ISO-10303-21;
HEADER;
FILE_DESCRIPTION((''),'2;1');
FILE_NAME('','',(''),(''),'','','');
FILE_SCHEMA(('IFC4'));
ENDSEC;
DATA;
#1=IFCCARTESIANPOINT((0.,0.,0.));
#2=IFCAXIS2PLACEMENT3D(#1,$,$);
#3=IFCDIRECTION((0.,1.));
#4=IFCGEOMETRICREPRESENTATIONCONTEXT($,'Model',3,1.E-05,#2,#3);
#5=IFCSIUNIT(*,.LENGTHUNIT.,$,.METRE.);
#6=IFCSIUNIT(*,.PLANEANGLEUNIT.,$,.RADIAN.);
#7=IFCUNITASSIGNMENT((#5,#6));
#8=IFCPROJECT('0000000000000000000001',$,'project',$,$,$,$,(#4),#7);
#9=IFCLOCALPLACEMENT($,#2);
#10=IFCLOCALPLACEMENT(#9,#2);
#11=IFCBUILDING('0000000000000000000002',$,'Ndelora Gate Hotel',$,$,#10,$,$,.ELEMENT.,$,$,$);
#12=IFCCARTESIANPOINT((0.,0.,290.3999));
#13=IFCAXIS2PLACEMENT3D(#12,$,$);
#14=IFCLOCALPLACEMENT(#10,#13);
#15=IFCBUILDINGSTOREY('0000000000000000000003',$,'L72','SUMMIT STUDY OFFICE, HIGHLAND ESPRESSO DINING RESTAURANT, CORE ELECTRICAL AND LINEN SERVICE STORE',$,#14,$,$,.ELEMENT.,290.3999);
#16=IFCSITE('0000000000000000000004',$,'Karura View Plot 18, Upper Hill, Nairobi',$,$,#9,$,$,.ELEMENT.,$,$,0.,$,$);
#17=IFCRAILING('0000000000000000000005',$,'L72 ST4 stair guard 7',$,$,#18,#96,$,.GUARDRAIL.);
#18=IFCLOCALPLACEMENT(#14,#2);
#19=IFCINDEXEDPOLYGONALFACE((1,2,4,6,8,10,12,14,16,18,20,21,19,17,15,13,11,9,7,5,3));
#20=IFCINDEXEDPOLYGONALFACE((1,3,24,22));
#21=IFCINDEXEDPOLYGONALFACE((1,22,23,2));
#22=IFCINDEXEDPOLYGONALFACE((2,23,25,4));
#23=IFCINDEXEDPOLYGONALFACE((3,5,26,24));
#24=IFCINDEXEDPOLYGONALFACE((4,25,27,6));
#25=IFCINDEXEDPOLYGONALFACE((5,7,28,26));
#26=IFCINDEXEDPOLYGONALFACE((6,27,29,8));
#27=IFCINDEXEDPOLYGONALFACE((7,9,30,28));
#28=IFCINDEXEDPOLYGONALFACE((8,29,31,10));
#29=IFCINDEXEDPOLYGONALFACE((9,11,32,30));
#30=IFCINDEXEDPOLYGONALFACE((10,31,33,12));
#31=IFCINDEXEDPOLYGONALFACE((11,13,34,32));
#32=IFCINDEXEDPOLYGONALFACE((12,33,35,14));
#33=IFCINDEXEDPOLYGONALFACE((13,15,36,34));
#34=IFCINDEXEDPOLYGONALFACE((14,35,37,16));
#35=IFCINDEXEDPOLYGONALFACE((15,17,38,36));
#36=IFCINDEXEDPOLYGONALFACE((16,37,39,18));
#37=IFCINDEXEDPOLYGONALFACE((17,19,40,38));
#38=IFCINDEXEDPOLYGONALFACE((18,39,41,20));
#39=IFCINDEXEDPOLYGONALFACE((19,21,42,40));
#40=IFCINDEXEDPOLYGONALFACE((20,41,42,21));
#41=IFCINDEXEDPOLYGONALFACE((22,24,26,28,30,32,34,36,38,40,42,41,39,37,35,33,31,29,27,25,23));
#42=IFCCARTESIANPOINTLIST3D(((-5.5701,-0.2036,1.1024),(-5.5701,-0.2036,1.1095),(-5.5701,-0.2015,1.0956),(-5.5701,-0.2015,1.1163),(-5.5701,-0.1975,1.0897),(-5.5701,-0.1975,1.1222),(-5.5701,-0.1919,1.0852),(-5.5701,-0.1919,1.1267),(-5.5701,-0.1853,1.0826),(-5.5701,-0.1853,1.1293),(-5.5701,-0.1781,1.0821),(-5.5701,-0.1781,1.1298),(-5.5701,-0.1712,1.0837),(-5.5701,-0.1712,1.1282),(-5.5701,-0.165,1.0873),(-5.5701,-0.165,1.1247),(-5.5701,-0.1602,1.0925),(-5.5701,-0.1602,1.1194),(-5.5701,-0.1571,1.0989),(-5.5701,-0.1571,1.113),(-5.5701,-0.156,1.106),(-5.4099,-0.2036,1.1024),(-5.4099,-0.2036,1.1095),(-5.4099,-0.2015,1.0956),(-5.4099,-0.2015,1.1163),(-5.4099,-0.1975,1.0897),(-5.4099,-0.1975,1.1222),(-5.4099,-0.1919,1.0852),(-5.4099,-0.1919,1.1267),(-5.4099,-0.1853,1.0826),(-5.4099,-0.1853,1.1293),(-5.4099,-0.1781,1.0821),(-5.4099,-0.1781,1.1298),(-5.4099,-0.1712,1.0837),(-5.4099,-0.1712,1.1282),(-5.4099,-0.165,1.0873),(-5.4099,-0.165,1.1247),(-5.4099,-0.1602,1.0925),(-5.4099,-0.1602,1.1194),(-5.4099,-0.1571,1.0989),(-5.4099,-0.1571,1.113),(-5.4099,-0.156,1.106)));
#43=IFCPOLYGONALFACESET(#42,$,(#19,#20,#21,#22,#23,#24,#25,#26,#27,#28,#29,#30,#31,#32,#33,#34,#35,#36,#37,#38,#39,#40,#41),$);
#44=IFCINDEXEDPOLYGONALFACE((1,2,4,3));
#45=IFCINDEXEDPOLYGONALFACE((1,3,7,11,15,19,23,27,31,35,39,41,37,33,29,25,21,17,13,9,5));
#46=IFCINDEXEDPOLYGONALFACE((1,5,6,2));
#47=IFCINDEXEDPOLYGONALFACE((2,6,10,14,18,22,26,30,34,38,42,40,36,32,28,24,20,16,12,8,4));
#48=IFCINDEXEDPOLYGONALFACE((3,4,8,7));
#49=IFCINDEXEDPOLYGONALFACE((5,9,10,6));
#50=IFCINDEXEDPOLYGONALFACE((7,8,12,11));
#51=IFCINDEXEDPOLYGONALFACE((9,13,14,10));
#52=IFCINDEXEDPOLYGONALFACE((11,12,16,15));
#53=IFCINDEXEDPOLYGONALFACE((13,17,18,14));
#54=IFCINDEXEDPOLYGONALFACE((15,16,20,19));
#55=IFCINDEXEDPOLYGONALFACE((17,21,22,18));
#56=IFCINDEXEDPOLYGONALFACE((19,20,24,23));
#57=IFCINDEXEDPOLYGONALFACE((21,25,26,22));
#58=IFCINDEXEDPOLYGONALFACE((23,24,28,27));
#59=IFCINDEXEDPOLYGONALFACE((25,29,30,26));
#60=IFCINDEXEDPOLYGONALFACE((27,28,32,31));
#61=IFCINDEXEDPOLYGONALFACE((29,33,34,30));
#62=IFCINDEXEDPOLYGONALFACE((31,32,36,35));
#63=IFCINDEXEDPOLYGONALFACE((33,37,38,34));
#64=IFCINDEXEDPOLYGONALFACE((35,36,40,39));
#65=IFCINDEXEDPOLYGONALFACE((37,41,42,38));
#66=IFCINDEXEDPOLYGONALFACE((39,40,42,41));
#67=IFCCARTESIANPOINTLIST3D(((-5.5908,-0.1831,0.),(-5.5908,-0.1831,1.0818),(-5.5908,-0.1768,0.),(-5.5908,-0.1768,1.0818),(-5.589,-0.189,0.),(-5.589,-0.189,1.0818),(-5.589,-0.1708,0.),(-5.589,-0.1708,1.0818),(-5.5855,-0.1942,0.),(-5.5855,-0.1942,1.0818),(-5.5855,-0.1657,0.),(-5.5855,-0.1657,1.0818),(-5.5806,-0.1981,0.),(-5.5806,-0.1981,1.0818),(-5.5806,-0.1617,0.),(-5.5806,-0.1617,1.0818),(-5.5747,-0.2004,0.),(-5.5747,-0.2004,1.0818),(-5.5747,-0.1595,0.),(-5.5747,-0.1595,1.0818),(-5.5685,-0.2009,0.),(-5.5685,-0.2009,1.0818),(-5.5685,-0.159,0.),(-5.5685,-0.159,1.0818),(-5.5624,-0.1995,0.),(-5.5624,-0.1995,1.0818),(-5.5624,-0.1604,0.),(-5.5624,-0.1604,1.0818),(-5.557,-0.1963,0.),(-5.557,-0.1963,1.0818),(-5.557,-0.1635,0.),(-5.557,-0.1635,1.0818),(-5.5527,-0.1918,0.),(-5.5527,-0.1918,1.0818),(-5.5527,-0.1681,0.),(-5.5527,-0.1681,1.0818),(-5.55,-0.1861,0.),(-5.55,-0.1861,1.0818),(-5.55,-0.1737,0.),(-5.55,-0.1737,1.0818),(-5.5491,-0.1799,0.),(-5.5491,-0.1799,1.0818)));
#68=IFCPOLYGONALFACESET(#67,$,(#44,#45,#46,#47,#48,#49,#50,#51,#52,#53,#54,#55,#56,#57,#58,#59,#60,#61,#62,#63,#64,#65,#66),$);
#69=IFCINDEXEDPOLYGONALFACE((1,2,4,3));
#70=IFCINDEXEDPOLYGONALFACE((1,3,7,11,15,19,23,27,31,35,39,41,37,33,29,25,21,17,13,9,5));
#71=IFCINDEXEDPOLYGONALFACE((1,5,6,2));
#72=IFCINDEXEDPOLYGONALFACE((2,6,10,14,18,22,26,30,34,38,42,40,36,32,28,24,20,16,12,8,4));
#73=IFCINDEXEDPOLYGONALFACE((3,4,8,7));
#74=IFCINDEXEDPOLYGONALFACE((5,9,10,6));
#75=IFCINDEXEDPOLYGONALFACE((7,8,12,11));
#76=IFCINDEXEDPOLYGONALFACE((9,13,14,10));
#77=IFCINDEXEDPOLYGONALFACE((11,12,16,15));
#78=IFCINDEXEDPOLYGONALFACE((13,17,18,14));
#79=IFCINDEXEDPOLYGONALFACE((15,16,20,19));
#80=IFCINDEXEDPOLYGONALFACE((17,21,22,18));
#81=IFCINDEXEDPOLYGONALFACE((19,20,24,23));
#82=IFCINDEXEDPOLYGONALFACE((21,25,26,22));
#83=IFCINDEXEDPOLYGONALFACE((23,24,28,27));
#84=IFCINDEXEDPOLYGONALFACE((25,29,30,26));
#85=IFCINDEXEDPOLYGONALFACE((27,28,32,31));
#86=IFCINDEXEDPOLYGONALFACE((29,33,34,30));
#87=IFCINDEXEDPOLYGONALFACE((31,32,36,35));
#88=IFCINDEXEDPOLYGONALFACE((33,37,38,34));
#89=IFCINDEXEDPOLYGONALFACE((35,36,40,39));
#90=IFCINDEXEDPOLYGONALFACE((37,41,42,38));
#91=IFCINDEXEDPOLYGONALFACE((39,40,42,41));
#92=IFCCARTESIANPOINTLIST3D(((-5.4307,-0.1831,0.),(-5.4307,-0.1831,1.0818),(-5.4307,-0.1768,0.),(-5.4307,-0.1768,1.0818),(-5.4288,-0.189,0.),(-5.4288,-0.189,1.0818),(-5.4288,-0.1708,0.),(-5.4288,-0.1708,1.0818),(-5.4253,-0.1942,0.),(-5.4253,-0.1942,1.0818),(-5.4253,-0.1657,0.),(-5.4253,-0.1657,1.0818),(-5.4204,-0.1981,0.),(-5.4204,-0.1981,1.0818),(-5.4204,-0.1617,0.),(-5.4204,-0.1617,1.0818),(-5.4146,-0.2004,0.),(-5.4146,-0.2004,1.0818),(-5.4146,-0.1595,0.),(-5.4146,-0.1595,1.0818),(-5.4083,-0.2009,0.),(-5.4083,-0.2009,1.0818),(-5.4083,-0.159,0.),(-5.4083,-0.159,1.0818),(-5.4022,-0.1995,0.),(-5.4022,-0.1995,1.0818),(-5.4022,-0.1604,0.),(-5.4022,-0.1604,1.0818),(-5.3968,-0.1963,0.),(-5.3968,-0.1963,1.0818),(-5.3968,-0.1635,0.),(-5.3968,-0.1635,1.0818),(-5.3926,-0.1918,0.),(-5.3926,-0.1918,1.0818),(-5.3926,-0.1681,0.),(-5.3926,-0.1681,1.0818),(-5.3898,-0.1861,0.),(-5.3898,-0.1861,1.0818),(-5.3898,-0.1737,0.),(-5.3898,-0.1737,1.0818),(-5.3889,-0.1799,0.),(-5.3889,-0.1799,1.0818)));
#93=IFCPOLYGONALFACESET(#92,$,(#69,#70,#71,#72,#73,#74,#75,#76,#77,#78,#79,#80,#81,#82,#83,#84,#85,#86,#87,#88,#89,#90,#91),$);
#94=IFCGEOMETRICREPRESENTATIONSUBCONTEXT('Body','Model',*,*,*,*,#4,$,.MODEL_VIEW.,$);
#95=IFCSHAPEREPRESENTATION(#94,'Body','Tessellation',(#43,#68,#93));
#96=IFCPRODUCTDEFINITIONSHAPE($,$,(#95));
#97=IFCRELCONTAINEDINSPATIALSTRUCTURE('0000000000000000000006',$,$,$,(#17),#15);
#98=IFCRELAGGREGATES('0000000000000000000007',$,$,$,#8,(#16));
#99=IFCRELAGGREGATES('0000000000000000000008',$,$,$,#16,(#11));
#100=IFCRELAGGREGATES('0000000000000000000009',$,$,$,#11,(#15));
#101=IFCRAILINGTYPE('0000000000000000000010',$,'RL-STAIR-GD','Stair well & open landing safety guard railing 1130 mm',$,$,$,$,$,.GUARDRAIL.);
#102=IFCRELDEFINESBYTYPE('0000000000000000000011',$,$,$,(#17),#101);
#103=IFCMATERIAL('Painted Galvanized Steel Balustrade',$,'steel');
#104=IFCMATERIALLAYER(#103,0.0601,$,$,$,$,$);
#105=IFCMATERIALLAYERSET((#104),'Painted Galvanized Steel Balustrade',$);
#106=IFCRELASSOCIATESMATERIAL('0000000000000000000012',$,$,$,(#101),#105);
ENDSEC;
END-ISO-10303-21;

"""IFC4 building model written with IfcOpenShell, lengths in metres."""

from ifc_helpers import new_model, si_unit, direction, frame, origin, origin_2d, place, context, subcontext, project, spatial, circle, extrude, material, layer, layer_set, type_object, element, save


model = new_model("IFC4")

# Units and contexts
model_context = context("Model", 3, precision=1e-05, world=origin(), true_north=direction((0.0, 1.0)))
body_context = subcontext(model_context, "Body", "Model", "MODEL_VIEW")
ifc_project = project(units=[si_unit("LENGTHUNIT", "METRE"), si_unit("PLANEANGLEUNIT", "RADIAN")], contexts=[model_context])

# Site, building, storey
site_placement = place(None, origin())
site = spatial("IfcSite", under=ifc_project, at=site_placement, Name="Karura View Plot 18, Upper Hill, Nairobi", CompositionType="ELEMENT", RefElevation=0.0)
building_placement = place(site_placement, origin())
building = spatial("IfcBuilding", under=site, at=building_placement, Name="Ndelora Gate Hotel", CompositionType="ELEMENT")
storey_placement = place(building_placement, frame((0.0, 0.0, 290.3999)))
storey = spatial("IfcBuildingStorey", under=building, at=storey_placement, Name="L72", Description="SUMMIT STUDY OFFICE, HIGHLAND ESPRESSO DINING RESTAURANT, CORE ELECTRICAL AND LINEN SERVICE STORE", CompositionType="ELEMENT", Elevation=290.3999)

# Railing
ifc_material_1 = material(Name="Painted Galvanized Steel Balustrade", Category="steel")
ifc_layer_1 = layer(ifc_material_1, 0.0601)
ifc_layer_set_1 = layer_set([ifc_layer_1], Name="Painted Galvanized Steel Balustrade")
railing_type_1 = type_object("IfcRailingType", Name="RL-STAIR-GD", Description="Stair well & open landing safety guard railing 1130 mm", PredefinedType="GUARDRAIL", material=ifc_layer_set_1)
railing_1_placement = place(storey_placement, frame((-5.5701, -0.1799, 0.0)))
element("IfcRailing", 1, at=railing_1_placement, inside=storey, type_object=railing_type_1, Name="L72 ST4 stair guard 7", PredefinedType="GUARDRAIL", context=body_context, shape_type="SweptSolid", body=[
    extrude(circle(Radius=0.0239, at=origin_2d()), frame((0.0, 0.0, 1.106), z_axis=(1.0, 0.0, 0.0), x_axis=(0.0, 1.0, 0.0)), (0.0, 0.0, 1.0), 0.1602),
    extrude(circle(Radius=0.021, at=origin_2d()), origin(), (0.0, 0.0, 1.0), 1.0818),
    extrude(circle(Radius=0.021, at=origin_2d()), frame((0.1602, 0.0, 0.0)), (0.0, 0.0, 1.0), 1.0818),
])

save(model, "model.ifc")
